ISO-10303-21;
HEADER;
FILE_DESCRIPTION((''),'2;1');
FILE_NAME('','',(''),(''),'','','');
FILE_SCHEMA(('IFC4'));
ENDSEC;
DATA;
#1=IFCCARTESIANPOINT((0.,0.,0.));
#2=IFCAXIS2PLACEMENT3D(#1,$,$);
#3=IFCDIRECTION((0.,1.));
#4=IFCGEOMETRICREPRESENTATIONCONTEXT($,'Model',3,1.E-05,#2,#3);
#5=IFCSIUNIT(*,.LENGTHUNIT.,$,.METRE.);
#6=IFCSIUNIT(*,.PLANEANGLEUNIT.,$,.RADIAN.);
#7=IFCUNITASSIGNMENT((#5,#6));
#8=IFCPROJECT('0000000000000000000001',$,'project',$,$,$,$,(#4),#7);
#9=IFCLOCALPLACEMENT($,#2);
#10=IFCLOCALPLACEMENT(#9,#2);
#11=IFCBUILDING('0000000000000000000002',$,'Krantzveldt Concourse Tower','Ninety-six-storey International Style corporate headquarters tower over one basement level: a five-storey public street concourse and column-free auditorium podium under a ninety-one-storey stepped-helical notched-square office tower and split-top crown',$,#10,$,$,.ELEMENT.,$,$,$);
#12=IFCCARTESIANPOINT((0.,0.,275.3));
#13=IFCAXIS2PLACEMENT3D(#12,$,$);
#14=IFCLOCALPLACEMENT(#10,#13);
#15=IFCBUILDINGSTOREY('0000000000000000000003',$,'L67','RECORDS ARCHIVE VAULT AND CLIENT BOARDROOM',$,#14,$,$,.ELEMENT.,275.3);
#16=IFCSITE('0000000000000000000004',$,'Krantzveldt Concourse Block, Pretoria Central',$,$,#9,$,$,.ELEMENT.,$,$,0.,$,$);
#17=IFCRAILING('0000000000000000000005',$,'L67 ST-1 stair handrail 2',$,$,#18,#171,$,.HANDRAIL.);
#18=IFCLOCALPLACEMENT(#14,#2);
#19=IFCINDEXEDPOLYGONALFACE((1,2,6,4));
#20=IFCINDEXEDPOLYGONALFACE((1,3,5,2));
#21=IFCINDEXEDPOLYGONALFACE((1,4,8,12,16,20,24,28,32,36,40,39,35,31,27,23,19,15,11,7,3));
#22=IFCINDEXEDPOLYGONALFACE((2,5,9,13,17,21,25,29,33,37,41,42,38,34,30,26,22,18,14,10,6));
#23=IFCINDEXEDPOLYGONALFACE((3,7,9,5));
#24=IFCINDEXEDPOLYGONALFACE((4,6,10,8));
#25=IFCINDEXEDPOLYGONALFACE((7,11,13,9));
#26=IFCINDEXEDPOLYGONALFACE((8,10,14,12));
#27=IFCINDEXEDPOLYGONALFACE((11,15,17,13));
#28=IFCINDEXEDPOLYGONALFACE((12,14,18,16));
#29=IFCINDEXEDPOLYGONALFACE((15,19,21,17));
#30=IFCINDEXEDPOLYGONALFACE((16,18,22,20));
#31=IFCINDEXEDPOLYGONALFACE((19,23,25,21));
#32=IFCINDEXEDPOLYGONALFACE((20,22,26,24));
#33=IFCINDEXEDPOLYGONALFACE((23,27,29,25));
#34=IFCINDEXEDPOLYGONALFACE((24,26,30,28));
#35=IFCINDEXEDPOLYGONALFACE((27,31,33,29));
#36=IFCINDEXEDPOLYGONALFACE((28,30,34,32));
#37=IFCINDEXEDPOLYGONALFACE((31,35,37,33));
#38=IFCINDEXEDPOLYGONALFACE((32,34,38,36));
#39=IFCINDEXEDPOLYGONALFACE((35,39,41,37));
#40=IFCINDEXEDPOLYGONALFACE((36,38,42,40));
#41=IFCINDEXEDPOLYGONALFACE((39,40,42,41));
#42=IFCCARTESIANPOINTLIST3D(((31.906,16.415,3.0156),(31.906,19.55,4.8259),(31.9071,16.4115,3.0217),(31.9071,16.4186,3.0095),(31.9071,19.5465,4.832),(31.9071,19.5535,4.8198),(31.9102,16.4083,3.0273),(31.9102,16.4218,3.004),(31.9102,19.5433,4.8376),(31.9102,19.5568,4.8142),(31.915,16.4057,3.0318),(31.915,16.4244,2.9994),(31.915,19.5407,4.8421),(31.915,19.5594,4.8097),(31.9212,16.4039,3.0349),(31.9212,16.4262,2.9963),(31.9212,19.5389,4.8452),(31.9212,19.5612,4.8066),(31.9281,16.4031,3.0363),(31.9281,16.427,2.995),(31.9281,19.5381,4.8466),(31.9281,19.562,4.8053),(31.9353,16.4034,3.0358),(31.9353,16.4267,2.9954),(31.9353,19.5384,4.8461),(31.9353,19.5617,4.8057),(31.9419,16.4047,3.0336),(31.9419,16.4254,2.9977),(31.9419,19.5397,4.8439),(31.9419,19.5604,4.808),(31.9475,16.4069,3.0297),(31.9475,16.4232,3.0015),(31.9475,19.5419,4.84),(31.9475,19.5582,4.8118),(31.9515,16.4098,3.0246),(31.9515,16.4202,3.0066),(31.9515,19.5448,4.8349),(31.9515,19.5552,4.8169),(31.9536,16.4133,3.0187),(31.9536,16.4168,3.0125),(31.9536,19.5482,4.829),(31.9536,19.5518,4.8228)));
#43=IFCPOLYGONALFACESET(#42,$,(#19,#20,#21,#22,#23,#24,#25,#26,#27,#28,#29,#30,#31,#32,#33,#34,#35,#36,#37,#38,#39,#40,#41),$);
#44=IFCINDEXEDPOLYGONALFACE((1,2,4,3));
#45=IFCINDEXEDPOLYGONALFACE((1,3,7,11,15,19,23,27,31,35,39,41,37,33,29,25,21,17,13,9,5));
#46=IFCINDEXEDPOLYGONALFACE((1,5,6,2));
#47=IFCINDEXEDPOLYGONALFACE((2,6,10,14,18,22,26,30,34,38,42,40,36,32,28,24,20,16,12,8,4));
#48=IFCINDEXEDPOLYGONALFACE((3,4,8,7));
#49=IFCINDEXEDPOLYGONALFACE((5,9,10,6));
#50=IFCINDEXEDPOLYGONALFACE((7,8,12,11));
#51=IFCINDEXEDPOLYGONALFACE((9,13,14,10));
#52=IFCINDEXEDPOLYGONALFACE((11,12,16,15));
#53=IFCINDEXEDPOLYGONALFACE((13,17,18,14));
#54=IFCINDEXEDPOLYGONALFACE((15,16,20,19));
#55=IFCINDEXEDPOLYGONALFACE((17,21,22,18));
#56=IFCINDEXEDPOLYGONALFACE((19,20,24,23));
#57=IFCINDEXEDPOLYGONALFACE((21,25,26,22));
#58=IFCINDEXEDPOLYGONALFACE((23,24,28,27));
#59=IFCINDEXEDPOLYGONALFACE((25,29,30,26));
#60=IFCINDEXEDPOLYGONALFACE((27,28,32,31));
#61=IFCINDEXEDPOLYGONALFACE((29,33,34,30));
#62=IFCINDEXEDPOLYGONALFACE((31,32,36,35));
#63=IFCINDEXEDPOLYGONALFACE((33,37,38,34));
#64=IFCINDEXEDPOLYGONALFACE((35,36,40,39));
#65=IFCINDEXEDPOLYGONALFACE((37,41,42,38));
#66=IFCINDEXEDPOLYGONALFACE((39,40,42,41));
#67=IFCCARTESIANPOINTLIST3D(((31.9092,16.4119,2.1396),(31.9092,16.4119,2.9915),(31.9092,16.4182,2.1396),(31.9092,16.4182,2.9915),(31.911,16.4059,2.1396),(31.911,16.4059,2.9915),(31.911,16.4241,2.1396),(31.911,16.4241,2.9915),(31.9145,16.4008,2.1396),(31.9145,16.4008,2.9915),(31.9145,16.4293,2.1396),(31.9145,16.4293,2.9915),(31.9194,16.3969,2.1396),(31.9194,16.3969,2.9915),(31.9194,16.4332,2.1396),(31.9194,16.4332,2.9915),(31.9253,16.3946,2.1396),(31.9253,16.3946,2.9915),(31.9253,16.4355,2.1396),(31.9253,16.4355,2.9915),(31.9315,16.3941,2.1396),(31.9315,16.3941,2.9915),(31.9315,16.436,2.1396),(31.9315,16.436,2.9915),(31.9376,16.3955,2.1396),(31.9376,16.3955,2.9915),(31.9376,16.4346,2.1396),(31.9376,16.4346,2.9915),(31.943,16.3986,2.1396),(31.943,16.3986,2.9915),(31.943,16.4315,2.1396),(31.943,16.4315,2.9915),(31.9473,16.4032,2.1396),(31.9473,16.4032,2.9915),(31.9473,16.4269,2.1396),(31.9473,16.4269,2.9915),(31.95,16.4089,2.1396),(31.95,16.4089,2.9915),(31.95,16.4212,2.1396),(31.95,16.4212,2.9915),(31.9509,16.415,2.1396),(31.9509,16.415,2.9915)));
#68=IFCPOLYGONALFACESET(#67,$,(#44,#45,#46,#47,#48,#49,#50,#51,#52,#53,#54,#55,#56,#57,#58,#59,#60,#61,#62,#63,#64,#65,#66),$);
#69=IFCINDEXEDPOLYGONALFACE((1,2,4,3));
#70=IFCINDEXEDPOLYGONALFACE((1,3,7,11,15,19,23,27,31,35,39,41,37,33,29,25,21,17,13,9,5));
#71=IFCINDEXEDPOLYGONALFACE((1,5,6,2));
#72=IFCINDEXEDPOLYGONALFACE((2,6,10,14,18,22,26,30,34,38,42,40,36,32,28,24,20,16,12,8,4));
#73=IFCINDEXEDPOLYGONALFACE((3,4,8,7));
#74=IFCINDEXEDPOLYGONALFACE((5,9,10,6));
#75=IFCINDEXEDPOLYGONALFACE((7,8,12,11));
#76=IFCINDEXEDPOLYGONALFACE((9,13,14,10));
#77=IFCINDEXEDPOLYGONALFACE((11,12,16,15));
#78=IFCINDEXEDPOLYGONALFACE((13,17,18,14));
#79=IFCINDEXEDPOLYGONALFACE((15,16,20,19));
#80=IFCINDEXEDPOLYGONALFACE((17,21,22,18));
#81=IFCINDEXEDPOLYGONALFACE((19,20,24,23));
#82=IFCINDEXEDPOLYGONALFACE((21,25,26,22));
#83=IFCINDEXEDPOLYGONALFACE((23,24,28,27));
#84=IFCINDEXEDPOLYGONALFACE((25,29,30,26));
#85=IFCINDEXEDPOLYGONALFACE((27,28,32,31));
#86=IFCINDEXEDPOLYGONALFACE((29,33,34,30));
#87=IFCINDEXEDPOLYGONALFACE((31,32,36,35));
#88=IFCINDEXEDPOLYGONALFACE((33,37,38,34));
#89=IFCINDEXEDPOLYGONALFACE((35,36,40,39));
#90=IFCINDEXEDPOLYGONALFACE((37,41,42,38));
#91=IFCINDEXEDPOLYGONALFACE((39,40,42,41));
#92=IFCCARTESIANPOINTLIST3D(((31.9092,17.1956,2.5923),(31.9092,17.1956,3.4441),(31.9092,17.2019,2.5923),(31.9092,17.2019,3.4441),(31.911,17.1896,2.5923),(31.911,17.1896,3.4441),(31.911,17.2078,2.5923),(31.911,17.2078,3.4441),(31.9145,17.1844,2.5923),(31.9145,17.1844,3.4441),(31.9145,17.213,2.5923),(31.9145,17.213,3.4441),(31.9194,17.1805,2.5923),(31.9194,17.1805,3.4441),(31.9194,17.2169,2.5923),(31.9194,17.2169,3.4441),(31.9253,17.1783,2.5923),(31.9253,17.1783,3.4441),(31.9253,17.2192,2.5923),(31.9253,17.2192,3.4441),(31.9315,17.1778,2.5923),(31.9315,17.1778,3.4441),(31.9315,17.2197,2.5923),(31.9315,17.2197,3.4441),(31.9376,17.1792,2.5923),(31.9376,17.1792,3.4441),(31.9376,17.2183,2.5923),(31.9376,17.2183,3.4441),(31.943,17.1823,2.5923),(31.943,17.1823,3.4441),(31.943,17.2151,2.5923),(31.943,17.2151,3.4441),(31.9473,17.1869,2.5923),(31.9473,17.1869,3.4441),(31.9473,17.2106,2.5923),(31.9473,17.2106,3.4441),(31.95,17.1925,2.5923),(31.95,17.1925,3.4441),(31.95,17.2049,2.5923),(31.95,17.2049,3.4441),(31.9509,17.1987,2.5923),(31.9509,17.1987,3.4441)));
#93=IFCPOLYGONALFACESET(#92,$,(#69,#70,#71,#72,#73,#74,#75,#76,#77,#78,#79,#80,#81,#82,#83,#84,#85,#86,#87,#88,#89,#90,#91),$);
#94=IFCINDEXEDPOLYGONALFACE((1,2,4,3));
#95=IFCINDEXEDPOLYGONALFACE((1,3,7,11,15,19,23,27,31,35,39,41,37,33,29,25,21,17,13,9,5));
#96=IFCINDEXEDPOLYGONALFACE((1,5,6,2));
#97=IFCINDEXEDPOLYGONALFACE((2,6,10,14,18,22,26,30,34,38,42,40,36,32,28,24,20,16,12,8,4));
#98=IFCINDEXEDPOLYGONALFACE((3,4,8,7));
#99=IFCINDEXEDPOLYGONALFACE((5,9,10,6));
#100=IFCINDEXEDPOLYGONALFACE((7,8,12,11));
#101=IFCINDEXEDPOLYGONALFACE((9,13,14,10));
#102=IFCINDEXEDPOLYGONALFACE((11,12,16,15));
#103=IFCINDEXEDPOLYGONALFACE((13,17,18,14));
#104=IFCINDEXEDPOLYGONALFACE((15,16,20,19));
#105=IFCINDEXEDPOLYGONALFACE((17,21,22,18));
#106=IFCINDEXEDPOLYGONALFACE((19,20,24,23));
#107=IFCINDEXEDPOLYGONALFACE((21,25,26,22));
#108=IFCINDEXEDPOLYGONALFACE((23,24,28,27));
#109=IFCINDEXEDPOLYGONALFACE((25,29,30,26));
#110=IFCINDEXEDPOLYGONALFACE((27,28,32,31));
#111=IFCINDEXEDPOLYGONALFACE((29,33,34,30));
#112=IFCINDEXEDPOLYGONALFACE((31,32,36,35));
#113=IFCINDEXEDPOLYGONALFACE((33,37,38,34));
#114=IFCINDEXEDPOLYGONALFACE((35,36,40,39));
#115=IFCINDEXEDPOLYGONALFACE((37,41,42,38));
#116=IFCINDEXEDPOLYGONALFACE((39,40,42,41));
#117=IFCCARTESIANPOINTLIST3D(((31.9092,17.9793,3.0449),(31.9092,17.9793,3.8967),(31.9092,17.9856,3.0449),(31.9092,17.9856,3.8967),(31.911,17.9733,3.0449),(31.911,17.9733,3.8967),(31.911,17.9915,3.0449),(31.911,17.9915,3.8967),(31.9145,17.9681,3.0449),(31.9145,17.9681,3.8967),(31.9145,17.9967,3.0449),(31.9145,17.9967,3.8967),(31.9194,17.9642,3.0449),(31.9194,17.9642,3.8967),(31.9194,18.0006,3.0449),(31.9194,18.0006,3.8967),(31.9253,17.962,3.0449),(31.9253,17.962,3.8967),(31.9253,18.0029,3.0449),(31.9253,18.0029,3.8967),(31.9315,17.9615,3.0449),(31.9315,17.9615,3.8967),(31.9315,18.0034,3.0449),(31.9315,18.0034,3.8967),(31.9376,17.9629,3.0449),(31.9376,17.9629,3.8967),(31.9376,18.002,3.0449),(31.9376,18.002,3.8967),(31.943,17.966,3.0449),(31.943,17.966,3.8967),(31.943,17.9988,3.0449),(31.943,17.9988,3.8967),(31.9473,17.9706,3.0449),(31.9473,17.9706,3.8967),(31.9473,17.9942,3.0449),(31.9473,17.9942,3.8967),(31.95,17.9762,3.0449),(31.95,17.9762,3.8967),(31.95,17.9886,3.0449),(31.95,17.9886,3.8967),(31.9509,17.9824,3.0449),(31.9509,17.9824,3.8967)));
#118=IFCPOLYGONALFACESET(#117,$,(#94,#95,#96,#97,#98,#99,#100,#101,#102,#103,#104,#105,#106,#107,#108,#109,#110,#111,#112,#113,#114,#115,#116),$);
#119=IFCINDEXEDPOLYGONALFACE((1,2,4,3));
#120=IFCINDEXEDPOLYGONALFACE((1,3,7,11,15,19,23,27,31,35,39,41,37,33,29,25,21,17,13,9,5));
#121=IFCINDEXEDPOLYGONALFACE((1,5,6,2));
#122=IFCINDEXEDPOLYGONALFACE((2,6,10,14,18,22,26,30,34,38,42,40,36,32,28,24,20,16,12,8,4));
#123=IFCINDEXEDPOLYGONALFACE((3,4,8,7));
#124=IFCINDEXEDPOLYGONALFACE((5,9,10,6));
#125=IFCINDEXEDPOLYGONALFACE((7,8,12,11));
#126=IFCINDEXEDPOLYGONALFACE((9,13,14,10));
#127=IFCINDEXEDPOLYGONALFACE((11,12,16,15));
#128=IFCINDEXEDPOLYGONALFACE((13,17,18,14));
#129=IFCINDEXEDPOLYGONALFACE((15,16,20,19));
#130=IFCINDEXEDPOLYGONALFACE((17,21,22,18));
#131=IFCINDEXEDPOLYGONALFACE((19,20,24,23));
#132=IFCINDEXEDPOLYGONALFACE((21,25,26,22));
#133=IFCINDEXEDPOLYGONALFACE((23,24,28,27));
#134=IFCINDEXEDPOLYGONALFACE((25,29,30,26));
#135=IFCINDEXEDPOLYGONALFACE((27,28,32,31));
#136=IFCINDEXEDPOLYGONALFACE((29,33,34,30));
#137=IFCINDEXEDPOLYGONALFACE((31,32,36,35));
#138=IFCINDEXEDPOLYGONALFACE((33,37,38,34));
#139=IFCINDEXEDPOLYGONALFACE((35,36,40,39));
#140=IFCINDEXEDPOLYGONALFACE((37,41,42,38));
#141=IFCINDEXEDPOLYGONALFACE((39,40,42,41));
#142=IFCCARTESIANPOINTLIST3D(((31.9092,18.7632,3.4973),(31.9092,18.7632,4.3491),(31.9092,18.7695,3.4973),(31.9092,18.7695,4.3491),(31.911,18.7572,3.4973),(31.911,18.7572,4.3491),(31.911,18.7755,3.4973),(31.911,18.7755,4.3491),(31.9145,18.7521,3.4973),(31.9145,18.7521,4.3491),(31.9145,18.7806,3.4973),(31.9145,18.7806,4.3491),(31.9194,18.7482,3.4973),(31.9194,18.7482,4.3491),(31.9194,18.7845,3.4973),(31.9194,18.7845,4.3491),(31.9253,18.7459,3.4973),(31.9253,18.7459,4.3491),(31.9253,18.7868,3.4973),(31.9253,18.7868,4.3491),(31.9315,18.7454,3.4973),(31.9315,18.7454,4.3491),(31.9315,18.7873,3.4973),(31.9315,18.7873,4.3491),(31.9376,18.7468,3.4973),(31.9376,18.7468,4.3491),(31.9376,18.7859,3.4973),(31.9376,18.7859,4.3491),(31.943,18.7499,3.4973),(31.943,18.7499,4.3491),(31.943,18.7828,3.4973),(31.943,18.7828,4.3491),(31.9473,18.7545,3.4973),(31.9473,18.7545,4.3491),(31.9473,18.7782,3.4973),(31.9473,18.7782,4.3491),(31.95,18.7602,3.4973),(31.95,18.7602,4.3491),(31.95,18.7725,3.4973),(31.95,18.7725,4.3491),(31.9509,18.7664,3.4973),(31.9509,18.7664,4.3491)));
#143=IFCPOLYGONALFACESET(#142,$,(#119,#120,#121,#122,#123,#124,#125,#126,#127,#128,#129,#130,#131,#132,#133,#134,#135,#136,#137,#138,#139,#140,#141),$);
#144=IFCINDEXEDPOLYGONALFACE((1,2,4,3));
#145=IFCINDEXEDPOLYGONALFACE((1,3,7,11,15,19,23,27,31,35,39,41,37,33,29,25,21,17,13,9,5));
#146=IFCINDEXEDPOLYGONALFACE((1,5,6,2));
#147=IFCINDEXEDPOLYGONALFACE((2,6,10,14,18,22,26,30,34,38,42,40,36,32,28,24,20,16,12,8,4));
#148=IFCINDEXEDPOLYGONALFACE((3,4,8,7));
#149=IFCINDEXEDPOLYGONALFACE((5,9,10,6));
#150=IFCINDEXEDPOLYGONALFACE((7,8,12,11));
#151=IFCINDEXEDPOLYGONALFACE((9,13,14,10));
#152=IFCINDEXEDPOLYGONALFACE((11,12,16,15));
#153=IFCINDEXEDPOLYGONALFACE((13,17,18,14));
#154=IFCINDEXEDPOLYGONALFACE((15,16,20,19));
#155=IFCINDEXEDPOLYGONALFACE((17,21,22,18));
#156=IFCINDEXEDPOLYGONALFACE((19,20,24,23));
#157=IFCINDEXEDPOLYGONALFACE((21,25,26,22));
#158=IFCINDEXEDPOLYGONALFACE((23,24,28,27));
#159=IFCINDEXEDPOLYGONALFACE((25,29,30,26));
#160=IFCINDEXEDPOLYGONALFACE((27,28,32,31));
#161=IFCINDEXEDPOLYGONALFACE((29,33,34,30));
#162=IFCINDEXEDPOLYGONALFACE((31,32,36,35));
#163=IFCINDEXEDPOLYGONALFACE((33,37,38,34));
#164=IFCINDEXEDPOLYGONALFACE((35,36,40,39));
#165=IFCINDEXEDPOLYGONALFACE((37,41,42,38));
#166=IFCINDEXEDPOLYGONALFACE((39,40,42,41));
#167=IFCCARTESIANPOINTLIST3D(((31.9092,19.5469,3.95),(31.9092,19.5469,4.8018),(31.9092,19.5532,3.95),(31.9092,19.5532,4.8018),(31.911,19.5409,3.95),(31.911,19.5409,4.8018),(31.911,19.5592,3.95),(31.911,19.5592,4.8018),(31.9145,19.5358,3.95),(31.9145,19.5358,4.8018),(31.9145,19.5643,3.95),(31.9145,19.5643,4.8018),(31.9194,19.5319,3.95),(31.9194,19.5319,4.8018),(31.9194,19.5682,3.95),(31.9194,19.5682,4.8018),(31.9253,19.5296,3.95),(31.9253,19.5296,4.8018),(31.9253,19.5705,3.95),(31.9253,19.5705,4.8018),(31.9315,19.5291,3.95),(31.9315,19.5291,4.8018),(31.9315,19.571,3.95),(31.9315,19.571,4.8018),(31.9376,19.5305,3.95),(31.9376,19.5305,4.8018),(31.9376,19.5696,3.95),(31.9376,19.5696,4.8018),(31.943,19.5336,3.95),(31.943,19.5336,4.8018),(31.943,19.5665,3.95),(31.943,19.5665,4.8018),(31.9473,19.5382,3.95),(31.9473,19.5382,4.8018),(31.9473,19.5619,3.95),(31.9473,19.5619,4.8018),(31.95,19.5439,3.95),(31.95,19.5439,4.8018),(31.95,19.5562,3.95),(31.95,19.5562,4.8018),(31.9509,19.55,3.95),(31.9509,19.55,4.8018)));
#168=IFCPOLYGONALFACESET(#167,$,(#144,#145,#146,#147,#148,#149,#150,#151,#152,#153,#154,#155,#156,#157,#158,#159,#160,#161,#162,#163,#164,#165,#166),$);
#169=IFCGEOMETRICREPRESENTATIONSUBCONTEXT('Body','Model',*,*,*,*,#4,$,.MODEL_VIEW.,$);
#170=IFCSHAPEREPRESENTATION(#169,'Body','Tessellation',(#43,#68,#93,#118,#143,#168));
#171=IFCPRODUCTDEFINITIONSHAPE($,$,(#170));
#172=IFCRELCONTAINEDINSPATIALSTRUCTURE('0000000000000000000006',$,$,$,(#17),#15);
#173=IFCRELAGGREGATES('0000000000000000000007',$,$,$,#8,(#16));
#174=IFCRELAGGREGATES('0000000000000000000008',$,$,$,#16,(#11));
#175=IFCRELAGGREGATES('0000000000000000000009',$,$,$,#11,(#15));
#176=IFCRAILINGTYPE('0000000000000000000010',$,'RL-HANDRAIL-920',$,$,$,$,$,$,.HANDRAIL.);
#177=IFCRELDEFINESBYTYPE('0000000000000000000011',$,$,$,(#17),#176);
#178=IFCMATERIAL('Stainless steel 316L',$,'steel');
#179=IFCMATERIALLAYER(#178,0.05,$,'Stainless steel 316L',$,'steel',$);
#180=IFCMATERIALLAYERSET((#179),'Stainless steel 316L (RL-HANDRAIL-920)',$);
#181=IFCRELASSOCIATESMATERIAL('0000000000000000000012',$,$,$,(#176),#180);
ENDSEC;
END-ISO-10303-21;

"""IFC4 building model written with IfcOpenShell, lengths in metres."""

from ifc_helpers import new_model, si_unit, direction, frame, origin, origin_2d, place, context, subcontext, project, spatial, circle, extrude, material, layer, layer_set, type_object, element, save


model = new_model("IFC4")

# Units and contexts
model_context = context("Model", 3, precision=1e-05, world=origin(), true_north=direction((0.0, 1.0)))
body_context = subcontext(model_context, "Body", "Model", "MODEL_VIEW")
ifc_project = project(units=[si_unit("LENGTHUNIT", "METRE"), si_unit("PLANEANGLEUNIT", "RADIAN")], contexts=[model_context])

# Site, building, storey
site_placement = place(None, origin())
site = spatial("IfcSite", under=ifc_project, at=site_placement, Name="Krantzveldt Concourse Block, Pretoria Central", CompositionType="ELEMENT", RefElevation=0.0)
building_placement = place(site_placement, origin())
building = spatial("IfcBuilding", under=site, at=building_placement, Name="Krantzveldt Concourse Tower", Description="Ninety-six-storey International Style corporate headquarters tower over one basement level: a five-storey public street concourse and column-free auditorium podium under a ninety-one-storey stepped-helical notched-square office tower and split-top crown", CompositionType="ELEMENT")
storey_placement = place(building_placement, frame((0.0, 0.0, 275.3)))
storey = spatial("IfcBuildingStorey", under=building, at=storey_placement, Name="L67", Description="RECORDS ARCHIVE VAULT AND CLIENT BOARDROOM", CompositionType="ELEMENT", Elevation=275.3)

# Railing
ifc_material_1 = material(Name="Stainless steel 316L", Category="steel")
ifc_layer_1 = layer(ifc_material_1, 0.05, Name="Stainless steel 316L", Category="steel")
ifc_layer_set_1 = layer_set([ifc_layer_1], Name="Stainless steel 316L (RL-HANDRAIL-920)")
railing_type_1 = type_object("IfcRailingType", Name="RL-HANDRAIL-920", PredefinedType="HANDRAIL", material=ifc_layer_set_1)
railing_1_placement = place(storey_placement, frame((31.9299, 16.415, 2.1396)))
element("IfcRailing", 1, at=railing_1_placement, inside=storey, type_object=railing_type_1, Name="L67 ST-1 stair handrail 2", PredefinedType="HANDRAIL", context=body_context, shape_type="SweptSolid", body=[
    extrude(circle(Radius=0.0239, at=origin_2d()), frame((0.0, 0.0, 0.876), z_axis=(0.0, 0.865989, 0.500063), x_axis=(-1.0, 0.0, 0.0)), (0.0, 0.0, 1.0), 3.6201),
    extrude(circle(Radius=0.021, at=origin_2d()), origin(), (0.0, 0.0, 1.0), 0.8518),
    extrude(circle(Radius=0.021, at=origin_2d()), frame((0.0, 0.7837, 0.4526)), (0.0, 0.0, 1.0), 0.8518),
    extrude(circle(Radius=0.021, at=origin_2d()), frame((0.0, 1.5674, 0.9053)), (0.0, 0.0, 1.0), 0.8518),
    extrude(circle(Radius=0.021, at=origin_2d()), frame((0.0, 2.3513, 1.3577)), (0.0, 0.0, 1.0), 0.8518),
    extrude(circle(Radius=0.021, at=origin_2d()), frame((0.0, 3.135, 1.8103)), (0.0, 0.0, 1.0), 0.8518),
])

save(model, "model.ifc")
